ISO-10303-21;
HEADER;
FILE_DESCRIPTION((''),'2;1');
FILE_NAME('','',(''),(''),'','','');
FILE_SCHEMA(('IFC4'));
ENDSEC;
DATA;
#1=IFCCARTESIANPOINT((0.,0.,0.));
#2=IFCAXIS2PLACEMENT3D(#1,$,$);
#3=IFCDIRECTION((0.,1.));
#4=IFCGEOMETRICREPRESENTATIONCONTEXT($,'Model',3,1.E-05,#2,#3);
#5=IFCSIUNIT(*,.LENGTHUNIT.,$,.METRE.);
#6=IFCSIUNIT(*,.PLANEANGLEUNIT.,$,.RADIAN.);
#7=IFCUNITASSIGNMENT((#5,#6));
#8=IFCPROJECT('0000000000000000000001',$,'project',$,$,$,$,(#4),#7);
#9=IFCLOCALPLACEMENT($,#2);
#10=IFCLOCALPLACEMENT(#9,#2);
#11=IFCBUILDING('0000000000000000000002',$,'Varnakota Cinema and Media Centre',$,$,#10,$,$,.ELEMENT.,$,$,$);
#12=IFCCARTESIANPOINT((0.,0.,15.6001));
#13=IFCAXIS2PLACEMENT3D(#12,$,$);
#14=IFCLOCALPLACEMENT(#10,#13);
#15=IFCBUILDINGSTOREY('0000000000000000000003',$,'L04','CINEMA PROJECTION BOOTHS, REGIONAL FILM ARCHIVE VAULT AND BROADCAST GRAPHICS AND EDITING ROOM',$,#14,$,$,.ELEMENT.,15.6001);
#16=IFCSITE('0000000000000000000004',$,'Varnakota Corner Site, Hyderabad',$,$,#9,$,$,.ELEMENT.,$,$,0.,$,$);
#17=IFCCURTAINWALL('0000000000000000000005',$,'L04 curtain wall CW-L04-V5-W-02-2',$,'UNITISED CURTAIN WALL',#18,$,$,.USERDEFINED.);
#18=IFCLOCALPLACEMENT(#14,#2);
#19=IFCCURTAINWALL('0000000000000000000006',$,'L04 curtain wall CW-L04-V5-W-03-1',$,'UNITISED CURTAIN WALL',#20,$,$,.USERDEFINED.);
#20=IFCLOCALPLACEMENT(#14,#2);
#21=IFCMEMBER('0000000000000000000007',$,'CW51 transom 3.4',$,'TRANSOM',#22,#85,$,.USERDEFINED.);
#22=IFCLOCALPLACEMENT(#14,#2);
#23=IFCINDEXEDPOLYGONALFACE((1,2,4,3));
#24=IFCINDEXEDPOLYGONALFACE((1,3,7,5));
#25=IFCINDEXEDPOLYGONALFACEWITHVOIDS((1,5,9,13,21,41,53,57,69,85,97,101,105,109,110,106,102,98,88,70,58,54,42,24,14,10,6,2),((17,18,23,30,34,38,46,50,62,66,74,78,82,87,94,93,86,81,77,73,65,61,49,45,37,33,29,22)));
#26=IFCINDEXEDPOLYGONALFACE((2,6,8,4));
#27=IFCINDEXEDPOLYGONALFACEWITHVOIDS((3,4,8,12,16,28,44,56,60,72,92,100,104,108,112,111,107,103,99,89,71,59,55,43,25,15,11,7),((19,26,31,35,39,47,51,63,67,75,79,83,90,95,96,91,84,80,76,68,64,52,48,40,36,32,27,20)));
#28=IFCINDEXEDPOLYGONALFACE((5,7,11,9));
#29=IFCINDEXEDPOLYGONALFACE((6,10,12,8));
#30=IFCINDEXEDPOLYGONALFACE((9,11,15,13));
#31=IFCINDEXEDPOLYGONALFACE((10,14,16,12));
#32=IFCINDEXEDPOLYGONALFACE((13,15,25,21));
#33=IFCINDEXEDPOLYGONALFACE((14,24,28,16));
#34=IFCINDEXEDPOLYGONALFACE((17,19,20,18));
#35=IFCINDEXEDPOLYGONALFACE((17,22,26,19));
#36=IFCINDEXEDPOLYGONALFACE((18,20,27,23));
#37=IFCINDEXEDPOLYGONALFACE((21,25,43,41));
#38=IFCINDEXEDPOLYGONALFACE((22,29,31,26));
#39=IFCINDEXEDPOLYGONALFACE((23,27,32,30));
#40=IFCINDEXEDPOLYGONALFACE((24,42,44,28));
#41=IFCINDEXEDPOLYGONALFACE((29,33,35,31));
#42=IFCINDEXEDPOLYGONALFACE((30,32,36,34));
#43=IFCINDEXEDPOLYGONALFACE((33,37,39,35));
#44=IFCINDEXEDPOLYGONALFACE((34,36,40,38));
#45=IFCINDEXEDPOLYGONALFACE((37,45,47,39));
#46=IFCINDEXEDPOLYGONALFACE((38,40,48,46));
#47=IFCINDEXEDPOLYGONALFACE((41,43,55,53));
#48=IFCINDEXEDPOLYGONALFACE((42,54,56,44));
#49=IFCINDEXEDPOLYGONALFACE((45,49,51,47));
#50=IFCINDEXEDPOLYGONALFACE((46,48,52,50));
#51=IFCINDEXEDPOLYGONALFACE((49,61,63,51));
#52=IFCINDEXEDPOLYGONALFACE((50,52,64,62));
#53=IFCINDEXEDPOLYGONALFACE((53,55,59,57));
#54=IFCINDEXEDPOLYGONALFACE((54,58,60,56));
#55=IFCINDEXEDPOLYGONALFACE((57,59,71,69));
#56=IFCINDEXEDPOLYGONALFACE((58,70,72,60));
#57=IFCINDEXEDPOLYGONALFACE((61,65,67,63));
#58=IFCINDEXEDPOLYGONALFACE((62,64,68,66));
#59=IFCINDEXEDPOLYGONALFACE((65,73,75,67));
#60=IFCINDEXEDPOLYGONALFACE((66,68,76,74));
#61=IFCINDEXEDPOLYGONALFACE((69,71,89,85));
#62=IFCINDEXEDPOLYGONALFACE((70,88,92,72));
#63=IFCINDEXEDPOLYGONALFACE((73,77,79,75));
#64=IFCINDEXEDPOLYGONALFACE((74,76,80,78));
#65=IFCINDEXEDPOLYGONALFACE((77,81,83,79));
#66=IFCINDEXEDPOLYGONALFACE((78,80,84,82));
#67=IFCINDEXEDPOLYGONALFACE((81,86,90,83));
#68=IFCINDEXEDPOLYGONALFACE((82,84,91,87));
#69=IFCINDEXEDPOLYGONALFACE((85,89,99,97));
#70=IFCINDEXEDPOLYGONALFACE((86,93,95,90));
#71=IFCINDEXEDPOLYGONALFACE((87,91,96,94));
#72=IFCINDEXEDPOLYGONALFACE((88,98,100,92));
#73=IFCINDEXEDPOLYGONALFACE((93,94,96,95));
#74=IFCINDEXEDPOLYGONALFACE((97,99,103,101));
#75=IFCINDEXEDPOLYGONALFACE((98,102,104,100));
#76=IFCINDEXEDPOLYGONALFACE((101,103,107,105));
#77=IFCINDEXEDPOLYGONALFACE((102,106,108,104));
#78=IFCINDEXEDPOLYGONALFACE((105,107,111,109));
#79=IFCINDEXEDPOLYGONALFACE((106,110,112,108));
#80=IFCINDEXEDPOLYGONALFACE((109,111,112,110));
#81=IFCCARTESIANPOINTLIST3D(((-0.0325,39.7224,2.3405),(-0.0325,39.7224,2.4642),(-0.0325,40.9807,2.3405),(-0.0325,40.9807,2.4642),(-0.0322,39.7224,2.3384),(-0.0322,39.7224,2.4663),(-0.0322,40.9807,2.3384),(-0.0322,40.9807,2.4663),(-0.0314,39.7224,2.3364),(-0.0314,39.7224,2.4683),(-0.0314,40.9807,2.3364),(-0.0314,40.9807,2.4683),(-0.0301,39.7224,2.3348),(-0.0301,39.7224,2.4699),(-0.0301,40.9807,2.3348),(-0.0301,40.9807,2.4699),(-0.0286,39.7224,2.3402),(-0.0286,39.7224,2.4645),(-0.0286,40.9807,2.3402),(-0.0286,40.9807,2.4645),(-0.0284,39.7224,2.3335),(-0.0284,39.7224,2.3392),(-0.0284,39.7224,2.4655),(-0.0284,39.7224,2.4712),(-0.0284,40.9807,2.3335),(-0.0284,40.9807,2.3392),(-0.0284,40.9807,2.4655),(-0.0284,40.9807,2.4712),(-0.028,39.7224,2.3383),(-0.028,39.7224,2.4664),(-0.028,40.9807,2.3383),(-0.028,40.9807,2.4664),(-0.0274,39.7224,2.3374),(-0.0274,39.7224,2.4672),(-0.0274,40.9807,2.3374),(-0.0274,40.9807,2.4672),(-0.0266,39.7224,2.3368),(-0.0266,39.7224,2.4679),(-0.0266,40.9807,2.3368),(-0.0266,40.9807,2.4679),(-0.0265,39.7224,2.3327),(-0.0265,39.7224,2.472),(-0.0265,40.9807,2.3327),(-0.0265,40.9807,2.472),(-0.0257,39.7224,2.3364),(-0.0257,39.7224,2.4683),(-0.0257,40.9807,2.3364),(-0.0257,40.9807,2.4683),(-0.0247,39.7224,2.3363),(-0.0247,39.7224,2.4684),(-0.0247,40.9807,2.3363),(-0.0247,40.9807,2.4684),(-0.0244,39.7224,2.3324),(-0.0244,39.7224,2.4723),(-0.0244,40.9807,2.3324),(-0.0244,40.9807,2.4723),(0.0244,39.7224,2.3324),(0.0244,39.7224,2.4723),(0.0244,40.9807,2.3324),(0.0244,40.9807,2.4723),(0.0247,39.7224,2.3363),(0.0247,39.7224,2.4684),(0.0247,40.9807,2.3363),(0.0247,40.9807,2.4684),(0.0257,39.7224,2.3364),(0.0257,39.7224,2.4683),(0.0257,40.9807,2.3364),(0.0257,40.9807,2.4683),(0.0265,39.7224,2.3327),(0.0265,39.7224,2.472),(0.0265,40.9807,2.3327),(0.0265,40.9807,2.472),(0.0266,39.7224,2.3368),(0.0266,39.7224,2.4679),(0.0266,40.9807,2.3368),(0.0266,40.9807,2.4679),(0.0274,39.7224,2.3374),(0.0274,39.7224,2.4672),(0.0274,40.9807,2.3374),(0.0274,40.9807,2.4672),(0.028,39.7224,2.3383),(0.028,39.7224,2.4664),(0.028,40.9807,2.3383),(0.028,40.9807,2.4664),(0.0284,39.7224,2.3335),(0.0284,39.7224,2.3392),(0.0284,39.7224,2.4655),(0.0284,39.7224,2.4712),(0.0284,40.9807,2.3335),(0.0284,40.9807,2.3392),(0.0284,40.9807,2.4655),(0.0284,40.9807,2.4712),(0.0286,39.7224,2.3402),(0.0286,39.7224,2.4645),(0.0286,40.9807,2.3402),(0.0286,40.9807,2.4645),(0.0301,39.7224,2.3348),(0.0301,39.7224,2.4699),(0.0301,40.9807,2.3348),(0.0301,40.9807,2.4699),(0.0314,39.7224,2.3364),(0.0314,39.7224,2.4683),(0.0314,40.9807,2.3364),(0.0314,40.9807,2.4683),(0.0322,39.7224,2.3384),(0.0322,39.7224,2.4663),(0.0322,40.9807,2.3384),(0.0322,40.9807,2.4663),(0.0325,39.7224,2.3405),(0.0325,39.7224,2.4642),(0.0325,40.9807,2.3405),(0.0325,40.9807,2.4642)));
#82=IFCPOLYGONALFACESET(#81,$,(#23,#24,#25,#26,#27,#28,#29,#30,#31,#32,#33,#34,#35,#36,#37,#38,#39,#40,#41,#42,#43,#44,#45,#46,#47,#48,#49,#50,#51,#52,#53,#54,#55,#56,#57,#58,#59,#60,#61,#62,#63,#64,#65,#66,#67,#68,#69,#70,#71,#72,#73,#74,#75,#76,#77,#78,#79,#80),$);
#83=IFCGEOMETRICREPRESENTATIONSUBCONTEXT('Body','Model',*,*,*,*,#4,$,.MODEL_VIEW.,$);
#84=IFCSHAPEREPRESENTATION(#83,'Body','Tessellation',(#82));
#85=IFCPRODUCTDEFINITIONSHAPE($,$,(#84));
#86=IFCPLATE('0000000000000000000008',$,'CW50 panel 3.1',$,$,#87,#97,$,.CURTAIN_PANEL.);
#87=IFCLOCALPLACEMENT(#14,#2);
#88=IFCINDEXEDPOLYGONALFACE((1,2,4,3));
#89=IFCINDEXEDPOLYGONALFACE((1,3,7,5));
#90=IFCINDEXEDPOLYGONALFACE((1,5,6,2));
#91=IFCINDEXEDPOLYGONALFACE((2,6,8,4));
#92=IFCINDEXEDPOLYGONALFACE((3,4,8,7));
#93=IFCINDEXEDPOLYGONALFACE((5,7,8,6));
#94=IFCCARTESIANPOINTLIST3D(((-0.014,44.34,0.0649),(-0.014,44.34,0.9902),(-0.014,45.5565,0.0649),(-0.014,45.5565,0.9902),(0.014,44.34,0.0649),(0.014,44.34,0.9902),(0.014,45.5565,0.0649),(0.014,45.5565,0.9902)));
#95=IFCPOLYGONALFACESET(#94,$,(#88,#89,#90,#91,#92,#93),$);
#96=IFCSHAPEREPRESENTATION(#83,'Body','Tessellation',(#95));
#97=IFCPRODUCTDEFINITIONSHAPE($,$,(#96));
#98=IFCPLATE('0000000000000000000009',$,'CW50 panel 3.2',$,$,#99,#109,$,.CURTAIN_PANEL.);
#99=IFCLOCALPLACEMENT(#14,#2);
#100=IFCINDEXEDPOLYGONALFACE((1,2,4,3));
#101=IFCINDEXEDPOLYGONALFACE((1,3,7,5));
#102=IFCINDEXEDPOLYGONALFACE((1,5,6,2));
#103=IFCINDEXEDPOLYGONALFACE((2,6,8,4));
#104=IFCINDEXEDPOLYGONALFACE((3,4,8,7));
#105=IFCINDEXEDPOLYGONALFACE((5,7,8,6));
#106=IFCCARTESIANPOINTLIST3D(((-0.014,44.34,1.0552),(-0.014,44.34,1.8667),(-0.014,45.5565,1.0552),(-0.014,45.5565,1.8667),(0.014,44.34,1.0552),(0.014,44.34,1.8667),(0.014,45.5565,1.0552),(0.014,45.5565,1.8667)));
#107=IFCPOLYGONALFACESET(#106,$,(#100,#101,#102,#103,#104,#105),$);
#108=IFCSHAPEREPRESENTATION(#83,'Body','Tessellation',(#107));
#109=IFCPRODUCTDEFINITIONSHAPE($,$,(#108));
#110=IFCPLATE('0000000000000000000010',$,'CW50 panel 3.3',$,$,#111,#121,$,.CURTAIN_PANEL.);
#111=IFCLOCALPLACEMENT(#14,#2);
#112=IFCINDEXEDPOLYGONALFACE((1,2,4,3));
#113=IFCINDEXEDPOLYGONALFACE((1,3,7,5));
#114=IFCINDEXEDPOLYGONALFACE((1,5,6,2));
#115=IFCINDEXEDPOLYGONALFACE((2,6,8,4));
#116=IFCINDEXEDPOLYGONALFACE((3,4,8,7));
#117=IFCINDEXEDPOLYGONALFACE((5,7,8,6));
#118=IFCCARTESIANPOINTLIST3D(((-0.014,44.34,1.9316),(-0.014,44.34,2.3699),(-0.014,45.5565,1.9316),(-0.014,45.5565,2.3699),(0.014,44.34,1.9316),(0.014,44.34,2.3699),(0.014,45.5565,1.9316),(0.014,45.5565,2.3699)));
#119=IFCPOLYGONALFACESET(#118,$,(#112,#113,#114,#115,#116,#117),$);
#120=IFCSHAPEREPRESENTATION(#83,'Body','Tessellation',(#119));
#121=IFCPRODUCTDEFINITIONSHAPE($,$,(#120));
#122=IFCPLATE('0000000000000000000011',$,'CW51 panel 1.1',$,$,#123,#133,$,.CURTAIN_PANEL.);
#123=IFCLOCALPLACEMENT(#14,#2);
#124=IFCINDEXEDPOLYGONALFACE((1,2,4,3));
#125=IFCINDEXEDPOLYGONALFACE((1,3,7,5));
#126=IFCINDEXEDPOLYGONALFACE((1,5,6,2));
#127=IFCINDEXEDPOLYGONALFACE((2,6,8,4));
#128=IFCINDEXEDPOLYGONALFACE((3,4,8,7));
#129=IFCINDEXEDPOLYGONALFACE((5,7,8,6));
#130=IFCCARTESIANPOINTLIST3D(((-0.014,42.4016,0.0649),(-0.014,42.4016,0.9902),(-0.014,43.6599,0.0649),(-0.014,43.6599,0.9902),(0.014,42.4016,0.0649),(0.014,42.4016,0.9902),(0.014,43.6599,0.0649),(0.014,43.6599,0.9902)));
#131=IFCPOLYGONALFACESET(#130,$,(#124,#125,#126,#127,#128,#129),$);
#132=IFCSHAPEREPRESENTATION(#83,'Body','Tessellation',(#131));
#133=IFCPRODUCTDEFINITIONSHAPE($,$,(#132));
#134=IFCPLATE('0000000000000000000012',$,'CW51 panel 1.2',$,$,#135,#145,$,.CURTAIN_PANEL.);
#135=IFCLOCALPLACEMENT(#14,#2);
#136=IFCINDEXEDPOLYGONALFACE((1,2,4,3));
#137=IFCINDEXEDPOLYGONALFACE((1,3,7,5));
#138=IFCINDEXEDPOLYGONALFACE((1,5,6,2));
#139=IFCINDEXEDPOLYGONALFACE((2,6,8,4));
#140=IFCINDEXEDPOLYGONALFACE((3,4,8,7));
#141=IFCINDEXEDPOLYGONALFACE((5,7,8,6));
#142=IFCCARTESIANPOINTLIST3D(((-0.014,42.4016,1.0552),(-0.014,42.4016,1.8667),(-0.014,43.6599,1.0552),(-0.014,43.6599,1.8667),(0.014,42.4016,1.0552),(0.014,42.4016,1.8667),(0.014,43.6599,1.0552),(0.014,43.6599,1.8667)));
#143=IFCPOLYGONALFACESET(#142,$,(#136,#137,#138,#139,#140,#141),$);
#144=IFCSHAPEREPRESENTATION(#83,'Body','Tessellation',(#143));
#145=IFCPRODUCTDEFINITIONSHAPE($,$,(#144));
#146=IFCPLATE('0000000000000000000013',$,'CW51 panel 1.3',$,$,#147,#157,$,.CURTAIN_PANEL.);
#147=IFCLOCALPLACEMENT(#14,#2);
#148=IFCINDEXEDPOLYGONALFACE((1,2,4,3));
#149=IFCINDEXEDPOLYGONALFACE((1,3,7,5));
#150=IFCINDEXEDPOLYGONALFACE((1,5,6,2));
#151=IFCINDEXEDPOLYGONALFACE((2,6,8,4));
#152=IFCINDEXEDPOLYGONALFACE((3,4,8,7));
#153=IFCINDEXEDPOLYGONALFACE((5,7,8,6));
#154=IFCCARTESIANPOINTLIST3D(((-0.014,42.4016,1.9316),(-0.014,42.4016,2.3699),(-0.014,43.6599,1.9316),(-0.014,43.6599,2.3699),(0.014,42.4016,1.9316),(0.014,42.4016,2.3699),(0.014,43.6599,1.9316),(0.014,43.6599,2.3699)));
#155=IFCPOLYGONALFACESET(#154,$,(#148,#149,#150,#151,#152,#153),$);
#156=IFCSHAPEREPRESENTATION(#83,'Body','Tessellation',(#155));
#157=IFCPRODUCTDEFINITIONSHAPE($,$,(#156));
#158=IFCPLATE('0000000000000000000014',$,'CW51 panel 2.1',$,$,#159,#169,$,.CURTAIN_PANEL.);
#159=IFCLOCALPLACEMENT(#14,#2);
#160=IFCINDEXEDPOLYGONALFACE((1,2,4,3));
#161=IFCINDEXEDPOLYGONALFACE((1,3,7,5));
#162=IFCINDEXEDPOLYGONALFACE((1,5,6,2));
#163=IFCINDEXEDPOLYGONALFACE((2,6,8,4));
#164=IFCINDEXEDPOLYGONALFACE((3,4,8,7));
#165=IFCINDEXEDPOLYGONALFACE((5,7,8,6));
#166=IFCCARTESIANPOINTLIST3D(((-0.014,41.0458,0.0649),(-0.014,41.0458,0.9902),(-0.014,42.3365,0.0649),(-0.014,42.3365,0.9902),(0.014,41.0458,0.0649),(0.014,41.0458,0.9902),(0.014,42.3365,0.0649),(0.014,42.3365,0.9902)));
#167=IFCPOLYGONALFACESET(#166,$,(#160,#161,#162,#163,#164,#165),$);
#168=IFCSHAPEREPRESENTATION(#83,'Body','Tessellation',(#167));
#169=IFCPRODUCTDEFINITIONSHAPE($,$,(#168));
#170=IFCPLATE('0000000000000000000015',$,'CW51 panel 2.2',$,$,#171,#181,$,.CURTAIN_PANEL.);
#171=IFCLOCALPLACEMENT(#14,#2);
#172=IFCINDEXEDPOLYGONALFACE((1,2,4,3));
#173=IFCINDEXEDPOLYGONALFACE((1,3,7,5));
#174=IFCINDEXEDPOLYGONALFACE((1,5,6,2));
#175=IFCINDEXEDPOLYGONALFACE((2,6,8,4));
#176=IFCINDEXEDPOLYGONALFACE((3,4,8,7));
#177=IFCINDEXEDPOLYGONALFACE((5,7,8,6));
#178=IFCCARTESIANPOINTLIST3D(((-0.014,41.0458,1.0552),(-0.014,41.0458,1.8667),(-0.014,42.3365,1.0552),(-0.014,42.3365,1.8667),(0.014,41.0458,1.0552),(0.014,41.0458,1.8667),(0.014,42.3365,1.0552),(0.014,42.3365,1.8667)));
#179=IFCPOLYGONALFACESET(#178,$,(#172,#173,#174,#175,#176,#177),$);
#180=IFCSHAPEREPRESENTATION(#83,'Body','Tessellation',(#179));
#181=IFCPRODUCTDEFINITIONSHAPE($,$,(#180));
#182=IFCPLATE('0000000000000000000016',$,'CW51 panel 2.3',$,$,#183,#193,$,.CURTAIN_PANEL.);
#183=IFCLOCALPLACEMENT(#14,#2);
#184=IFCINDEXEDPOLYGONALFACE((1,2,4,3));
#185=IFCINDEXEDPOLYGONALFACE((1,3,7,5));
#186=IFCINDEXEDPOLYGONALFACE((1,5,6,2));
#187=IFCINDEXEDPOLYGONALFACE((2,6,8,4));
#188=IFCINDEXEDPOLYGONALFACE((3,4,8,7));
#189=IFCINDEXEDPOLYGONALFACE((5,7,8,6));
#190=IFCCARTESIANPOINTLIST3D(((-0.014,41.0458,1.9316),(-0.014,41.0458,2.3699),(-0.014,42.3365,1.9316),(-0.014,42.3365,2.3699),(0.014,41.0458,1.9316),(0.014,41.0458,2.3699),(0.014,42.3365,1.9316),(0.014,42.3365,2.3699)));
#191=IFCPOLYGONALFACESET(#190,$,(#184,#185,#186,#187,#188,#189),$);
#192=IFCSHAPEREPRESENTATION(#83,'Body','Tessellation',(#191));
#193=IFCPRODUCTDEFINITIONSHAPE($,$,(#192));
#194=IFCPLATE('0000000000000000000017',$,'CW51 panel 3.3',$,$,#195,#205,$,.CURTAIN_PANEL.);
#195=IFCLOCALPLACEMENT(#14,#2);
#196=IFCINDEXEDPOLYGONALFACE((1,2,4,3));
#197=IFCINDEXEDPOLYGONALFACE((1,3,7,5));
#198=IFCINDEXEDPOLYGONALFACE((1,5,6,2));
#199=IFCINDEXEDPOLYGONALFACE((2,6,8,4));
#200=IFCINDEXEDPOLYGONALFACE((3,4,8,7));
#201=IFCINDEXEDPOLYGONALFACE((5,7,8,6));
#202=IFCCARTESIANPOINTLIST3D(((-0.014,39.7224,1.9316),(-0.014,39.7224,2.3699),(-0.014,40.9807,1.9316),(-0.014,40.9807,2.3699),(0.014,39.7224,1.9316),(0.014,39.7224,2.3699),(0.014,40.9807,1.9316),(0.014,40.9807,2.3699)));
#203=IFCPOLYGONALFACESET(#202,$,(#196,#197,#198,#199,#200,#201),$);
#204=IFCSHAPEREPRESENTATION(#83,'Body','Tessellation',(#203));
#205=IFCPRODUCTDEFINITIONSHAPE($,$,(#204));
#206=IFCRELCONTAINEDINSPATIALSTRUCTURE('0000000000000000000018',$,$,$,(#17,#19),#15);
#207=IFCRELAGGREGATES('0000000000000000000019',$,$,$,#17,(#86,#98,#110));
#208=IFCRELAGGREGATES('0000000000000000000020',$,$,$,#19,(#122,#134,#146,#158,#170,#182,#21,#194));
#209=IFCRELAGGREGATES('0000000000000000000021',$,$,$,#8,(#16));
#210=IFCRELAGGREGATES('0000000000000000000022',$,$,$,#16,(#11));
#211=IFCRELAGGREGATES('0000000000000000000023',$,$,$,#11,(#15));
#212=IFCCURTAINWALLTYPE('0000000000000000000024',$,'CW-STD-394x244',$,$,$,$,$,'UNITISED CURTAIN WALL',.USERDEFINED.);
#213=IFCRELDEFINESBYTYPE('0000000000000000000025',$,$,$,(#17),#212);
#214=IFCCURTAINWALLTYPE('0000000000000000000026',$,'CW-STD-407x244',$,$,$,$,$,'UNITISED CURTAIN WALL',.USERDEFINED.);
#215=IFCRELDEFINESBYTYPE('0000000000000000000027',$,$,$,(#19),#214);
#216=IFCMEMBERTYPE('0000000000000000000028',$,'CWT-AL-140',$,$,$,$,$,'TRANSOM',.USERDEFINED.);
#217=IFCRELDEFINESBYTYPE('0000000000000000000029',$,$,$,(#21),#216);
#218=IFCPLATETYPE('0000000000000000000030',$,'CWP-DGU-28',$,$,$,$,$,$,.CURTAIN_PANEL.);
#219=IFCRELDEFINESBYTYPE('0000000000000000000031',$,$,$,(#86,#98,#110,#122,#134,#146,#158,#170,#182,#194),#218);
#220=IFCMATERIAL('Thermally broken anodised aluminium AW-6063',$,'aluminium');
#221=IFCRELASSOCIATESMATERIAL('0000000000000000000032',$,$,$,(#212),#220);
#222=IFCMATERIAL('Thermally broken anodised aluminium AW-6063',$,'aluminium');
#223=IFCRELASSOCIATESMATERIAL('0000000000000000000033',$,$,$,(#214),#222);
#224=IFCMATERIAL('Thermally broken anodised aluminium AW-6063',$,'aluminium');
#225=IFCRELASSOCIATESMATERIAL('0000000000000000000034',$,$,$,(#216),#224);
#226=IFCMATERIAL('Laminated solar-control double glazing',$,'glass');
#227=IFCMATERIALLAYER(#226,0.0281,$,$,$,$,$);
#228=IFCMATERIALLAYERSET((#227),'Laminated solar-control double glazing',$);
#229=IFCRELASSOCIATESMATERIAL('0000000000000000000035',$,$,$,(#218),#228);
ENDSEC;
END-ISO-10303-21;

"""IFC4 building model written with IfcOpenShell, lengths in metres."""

from ifc_helpers import new_model, si_unit, direction, frame, origin, origin_2d, place, context, subcontext, project, spatial, rectangle, hollow_rectangle, extrude, material, layer, layer_set, material_profile, profile_set, type_object, element, aggregate, save


model = new_model("IFC4")

# Units and contexts
model_context = context("Model", 3, precision=1e-05, world=origin(), true_north=direction((0.0, 1.0)))
body_context = subcontext(model_context, "Body", "Model", "MODEL_VIEW")
ifc_project = project(units=[si_unit("LENGTHUNIT", "METRE"), si_unit("PLANEANGLEUNIT", "RADIAN")], contexts=[model_context])

# Site, building, storey
site_placement = place(None, origin())
site = spatial("IfcSite", under=ifc_project, at=site_placement, Name="Varnakota Corner Site, Hyderabad", CompositionType="ELEMENT", RefElevation=0.0)
building_placement = place(site_placement, origin())
building = spatial("IfcBuilding", under=site, at=building_placement, Name="Varnakota Cinema and Media Centre", CompositionType="ELEMENT")
storey_placement = place(building_placement, frame((0.0, 0.0, 15.6001)))
storey = spatial("IfcBuildingStorey", under=building, at=storey_placement, Name="L04", Description="CINEMA PROJECTION BOOTHS, REGIONAL FILM ARCHIVE VAULT AND BROADCAST GRAPHICS AND EDITING ROOM", CompositionType="ELEMENT", Elevation=15.6001)

# Curtain walls
ifc_material_1 = material(Name="Thermally broken anodised aluminium AW-6063", Category="aluminium")
curtain_wall_type_1 = type_object("IfcCurtainWallType", Name="CW-STD-394x244", ElementType="UNITISED CURTAIN WALL", PredefinedType="USERDEFINED", material=ifc_material_1)
curtain_wall_1_placement = place(storey_placement, origin())
curtain_wall_1 = element("IfcCurtainWall", 1, at=curtain_wall_1_placement, inside=storey, type_object=curtain_wall_type_1, Name="L04 curtain wall CW-L04-V5-W-02-2", ObjectType="UNITISED CURTAIN WALL", PredefinedType="USERDEFINED")
ifc_material_2 = material(Name="Thermally broken anodised aluminium AW-6063", Category="aluminium")
curtain_wall_type_2 = type_object("IfcCurtainWallType", Name="CW-STD-407x244", ElementType="UNITISED CURTAIN WALL", PredefinedType="USERDEFINED", material=ifc_material_2)
curtain_wall_2_placement = place(storey_placement, origin())
curtain_wall_2 = element("IfcCurtainWall", 2, at=curtain_wall_2_placement, inside=storey, type_object=curtain_wall_type_2, Name="L04 curtain wall CW-L04-V5-W-03-1", ObjectType="UNITISED CURTAIN WALL", PredefinedType="USERDEFINED")

# Member
ifc_material_3 = material(Name="Thermally broken anodised aluminium AW-6063", Category="aluminium")
ifc_material_profile_1 = material_profile(ifc_material_3, hollow_rectangle(XDim=0.0649, YDim=0.1399, WallThickness=0.0039, InnerFilletRadius=0.0039, OuterFilletRadius=0.0081, at=origin_2d()), Name="AL-TRANSOM 140x65x4")
ifc_profile_set_1 = profile_set([ifc_material_profile_1], Name="Thermally broken anodised aluminium AW-6063")
member_type_1 = type_object("IfcMemberType", Name="CWT-AL-140", ElementType="TRANSOM", PredefinedType="USERDEFINED", material=ifc_profile_set_1)
member_1_placement = place(storey_placement, frame((0.0, 40.9807, 2.4023), z_axis=(0.0, -1.0, 0.0), x_axis=(1.0, 0.0, 0.0)))
member_1 = element("IfcMember", 3, at=member_1_placement, type_object=member_type_1, Name="CW51 transom 3.4", ObjectType="TRANSOM", PredefinedType="USERDEFINED", context=body_context, shape_type="SweptSolid", body=[
    extrude(hollow_rectangle(XDim=0.0649, YDim=0.1399, WallThickness=0.0039, InnerFilletRadius=0.0039, OuterFilletRadius=0.0081, at=origin_2d()), origin(), (0.0, 0.0, 1.0), 1.2583),
])

# Plates
ifc_material_4 = material(Name="Laminated solar-control double glazing", Category="glass")
ifc_layer = layer(ifc_material_4, 0.0281)
ifc_layer_set = layer_set([ifc_layer], Name="Laminated solar-control double glazing")
plate_type = type_object("IfcPlateType", Name="CWP-DGU-28", PredefinedType="CURTAIN_PANEL", material=ifc_layer_set)
plate_1_placement = place(storey_placement, frame((0.0, 44.9482, 0.0649), z_axis=(0.0, 0.0, 1.0), x_axis=(0.0, -1.0, 0.0)))
plate_1 = element("IfcPlate", 4, at=plate_1_placement, type_object=plate_type, Name="CW50 panel 3.1", PredefinedType="CURTAIN_PANEL", context=body_context, shape_type="SweptSolid", body=[
    extrude(rectangle(XDim=1.2166, YDim=0.0281, at=origin_2d()), origin(), (0.0, 0.0, 1.0), 0.9253),
])
plate_2_placement = place(storey_placement, frame((0.0, 44.9482, 1.0552), z_axis=(0.0, 0.0, 1.0), x_axis=(0.0, -1.0, 0.0)))
plate_2 = element("IfcPlate", 5, at=plate_2_placement, type_object=plate_type, Name="CW50 panel 3.2", PredefinedType="CURTAIN_PANEL", context=body_context, shape_type="SweptSolid", body=[
    extrude(rectangle(XDim=1.2166, YDim=0.0281, at=origin_2d()), origin(), (0.0, 0.0, 1.0), 0.8115),
])
plate_3_placement = place(storey_placement, frame((0.0, 44.9482, 1.9316), z_axis=(0.0, 0.0, 1.0), x_axis=(0.0, -1.0, 0.0)))
plate_3 = element("IfcPlate", 6, at=plate_3_placement, type_object=plate_type, Name="CW50 panel 3.3", PredefinedType="CURTAIN_PANEL", context=body_context, shape_type="SweptSolid", body=[
    extrude(rectangle(XDim=1.2166, YDim=0.0281, at=origin_2d()), origin(), (0.0, 0.0, 1.0), 0.4382),
])
aggregate(curtain_wall_1, [plate_1, plate_2, plate_3])
plate_4_placement = place(storey_placement, frame((0.0, 43.0308, 0.0649), z_axis=(0.0, 0.0, 1.0), x_axis=(0.0, -1.0, 0.0)))
plate_4 = element("IfcPlate", 7, at=plate_4_placement, type_object=plate_type, Name="CW51 panel 1.1", PredefinedType="CURTAIN_PANEL", context=body_context, shape_type="SweptSolid", body=[
    extrude(rectangle(XDim=1.2583, YDim=0.0281, at=origin_2d()), origin(), (0.0, 0.0, 1.0), 0.9253),
])
plate_5_placement = place(storey_placement, frame((0.0, 43.0308, 1.0552), z_axis=(0.0, 0.0, 1.0), x_axis=(0.0, -1.0, 0.0)))
plate_5 = element("IfcPlate", 8, at=plate_5_placement, type_object=plate_type, Name="CW51 panel 1.2", PredefinedType="CURTAIN_PANEL", context=body_context, shape_type="SweptSolid", body=[
    extrude(rectangle(XDim=1.2583, YDim=0.0281, at=origin_2d()), origin(), (0.0, 0.0, 1.0), 0.8115),
])
plate_6_placement = place(storey_placement, frame((0.0, 43.0308, 1.9316), z_axis=(0.0, 0.0, 1.0), x_axis=(0.0, -1.0, 0.0)))
plate_6 = element("IfcPlate", 9, at=plate_6_placement, type_object=plate_type, Name="CW51 panel 1.3", PredefinedType="CURTAIN_PANEL", context=body_context, shape_type="SweptSolid", body=[
    extrude(rectangle(XDim=1.2583, YDim=0.0281, at=origin_2d()), origin(), (0.0, 0.0, 1.0), 0.4382),
])
plate_7_placement = place(storey_placement, frame((0.0, 41.6912, 0.0649), z_axis=(0.0, 0.0, 1.0), x_axis=(0.0, -1.0, 0.0)))
plate_7 = element("IfcPlate", 10, at=plate_7_placement, type_object=plate_type, Name="CW51 panel 2.1", PredefinedType="CURTAIN_PANEL", context=body_context, shape_type="SweptSolid", body=[
    extrude(rectangle(XDim=1.2908, YDim=0.0281, at=origin_2d()), origin(), (0.0, 0.0, 1.0), 0.9253),
])
plate_8_placement = place(storey_placement, frame((0.0, 41.6912, 1.0552), z_axis=(0.0, 0.0, 1.0), x_axis=(0.0, -1.0, 0.0)))
plate_8 = element("IfcPlate", 11, at=plate_8_placement, type_object=plate_type, Name="CW51 panel 2.2", PredefinedType="CURTAIN_PANEL", context=body_context, shape_type="SweptSolid", body=[
    extrude(rectangle(XDim=1.2908, YDim=0.0281, at=origin_2d()), origin(), (0.0, 0.0, 1.0), 0.8115),
])
plate_9_placement = place(storey_placement, frame((0.0, 41.6912, 1.9316), z_axis=(0.0, 0.0, 1.0), x_axis=(0.0, -1.0, 0.0)))
plate_9 = element("IfcPlate", 12, at=plate_9_placement, type_object=plate_type, Name="CW51 panel 2.3", PredefinedType="CURTAIN_PANEL", context=body_context, shape_type="SweptSolid", body=[
    extrude(rectangle(XDim=1.2908, YDim=0.0281, at=origin_2d()), origin(), (0.0, 0.0, 1.0), 0.4382),
])
plate_10_placement = place(storey_placement, frame((0.0, 40.3516, 1.9316), z_axis=(0.0, 0.0, 1.0), x_axis=(0.0, -1.0, 0.0)))
plate_10 = element("IfcPlate", 13, at=plate_10_placement, type_object=plate_type, Name="CW51 panel 3.3", PredefinedType="CURTAIN_PANEL", context=body_context, shape_type="SweptSolid", body=[
    extrude(rectangle(XDim=1.2583, YDim=0.0281, at=origin_2d()), origin(), (0.0, 0.0, 1.0), 0.4382),
])
aggregate(curtain_wall_2, [plate_4, plate_5, plate_6, plate_7, plate_8, plate_9, member_1, plate_10])

save(model, "model.ifc")
